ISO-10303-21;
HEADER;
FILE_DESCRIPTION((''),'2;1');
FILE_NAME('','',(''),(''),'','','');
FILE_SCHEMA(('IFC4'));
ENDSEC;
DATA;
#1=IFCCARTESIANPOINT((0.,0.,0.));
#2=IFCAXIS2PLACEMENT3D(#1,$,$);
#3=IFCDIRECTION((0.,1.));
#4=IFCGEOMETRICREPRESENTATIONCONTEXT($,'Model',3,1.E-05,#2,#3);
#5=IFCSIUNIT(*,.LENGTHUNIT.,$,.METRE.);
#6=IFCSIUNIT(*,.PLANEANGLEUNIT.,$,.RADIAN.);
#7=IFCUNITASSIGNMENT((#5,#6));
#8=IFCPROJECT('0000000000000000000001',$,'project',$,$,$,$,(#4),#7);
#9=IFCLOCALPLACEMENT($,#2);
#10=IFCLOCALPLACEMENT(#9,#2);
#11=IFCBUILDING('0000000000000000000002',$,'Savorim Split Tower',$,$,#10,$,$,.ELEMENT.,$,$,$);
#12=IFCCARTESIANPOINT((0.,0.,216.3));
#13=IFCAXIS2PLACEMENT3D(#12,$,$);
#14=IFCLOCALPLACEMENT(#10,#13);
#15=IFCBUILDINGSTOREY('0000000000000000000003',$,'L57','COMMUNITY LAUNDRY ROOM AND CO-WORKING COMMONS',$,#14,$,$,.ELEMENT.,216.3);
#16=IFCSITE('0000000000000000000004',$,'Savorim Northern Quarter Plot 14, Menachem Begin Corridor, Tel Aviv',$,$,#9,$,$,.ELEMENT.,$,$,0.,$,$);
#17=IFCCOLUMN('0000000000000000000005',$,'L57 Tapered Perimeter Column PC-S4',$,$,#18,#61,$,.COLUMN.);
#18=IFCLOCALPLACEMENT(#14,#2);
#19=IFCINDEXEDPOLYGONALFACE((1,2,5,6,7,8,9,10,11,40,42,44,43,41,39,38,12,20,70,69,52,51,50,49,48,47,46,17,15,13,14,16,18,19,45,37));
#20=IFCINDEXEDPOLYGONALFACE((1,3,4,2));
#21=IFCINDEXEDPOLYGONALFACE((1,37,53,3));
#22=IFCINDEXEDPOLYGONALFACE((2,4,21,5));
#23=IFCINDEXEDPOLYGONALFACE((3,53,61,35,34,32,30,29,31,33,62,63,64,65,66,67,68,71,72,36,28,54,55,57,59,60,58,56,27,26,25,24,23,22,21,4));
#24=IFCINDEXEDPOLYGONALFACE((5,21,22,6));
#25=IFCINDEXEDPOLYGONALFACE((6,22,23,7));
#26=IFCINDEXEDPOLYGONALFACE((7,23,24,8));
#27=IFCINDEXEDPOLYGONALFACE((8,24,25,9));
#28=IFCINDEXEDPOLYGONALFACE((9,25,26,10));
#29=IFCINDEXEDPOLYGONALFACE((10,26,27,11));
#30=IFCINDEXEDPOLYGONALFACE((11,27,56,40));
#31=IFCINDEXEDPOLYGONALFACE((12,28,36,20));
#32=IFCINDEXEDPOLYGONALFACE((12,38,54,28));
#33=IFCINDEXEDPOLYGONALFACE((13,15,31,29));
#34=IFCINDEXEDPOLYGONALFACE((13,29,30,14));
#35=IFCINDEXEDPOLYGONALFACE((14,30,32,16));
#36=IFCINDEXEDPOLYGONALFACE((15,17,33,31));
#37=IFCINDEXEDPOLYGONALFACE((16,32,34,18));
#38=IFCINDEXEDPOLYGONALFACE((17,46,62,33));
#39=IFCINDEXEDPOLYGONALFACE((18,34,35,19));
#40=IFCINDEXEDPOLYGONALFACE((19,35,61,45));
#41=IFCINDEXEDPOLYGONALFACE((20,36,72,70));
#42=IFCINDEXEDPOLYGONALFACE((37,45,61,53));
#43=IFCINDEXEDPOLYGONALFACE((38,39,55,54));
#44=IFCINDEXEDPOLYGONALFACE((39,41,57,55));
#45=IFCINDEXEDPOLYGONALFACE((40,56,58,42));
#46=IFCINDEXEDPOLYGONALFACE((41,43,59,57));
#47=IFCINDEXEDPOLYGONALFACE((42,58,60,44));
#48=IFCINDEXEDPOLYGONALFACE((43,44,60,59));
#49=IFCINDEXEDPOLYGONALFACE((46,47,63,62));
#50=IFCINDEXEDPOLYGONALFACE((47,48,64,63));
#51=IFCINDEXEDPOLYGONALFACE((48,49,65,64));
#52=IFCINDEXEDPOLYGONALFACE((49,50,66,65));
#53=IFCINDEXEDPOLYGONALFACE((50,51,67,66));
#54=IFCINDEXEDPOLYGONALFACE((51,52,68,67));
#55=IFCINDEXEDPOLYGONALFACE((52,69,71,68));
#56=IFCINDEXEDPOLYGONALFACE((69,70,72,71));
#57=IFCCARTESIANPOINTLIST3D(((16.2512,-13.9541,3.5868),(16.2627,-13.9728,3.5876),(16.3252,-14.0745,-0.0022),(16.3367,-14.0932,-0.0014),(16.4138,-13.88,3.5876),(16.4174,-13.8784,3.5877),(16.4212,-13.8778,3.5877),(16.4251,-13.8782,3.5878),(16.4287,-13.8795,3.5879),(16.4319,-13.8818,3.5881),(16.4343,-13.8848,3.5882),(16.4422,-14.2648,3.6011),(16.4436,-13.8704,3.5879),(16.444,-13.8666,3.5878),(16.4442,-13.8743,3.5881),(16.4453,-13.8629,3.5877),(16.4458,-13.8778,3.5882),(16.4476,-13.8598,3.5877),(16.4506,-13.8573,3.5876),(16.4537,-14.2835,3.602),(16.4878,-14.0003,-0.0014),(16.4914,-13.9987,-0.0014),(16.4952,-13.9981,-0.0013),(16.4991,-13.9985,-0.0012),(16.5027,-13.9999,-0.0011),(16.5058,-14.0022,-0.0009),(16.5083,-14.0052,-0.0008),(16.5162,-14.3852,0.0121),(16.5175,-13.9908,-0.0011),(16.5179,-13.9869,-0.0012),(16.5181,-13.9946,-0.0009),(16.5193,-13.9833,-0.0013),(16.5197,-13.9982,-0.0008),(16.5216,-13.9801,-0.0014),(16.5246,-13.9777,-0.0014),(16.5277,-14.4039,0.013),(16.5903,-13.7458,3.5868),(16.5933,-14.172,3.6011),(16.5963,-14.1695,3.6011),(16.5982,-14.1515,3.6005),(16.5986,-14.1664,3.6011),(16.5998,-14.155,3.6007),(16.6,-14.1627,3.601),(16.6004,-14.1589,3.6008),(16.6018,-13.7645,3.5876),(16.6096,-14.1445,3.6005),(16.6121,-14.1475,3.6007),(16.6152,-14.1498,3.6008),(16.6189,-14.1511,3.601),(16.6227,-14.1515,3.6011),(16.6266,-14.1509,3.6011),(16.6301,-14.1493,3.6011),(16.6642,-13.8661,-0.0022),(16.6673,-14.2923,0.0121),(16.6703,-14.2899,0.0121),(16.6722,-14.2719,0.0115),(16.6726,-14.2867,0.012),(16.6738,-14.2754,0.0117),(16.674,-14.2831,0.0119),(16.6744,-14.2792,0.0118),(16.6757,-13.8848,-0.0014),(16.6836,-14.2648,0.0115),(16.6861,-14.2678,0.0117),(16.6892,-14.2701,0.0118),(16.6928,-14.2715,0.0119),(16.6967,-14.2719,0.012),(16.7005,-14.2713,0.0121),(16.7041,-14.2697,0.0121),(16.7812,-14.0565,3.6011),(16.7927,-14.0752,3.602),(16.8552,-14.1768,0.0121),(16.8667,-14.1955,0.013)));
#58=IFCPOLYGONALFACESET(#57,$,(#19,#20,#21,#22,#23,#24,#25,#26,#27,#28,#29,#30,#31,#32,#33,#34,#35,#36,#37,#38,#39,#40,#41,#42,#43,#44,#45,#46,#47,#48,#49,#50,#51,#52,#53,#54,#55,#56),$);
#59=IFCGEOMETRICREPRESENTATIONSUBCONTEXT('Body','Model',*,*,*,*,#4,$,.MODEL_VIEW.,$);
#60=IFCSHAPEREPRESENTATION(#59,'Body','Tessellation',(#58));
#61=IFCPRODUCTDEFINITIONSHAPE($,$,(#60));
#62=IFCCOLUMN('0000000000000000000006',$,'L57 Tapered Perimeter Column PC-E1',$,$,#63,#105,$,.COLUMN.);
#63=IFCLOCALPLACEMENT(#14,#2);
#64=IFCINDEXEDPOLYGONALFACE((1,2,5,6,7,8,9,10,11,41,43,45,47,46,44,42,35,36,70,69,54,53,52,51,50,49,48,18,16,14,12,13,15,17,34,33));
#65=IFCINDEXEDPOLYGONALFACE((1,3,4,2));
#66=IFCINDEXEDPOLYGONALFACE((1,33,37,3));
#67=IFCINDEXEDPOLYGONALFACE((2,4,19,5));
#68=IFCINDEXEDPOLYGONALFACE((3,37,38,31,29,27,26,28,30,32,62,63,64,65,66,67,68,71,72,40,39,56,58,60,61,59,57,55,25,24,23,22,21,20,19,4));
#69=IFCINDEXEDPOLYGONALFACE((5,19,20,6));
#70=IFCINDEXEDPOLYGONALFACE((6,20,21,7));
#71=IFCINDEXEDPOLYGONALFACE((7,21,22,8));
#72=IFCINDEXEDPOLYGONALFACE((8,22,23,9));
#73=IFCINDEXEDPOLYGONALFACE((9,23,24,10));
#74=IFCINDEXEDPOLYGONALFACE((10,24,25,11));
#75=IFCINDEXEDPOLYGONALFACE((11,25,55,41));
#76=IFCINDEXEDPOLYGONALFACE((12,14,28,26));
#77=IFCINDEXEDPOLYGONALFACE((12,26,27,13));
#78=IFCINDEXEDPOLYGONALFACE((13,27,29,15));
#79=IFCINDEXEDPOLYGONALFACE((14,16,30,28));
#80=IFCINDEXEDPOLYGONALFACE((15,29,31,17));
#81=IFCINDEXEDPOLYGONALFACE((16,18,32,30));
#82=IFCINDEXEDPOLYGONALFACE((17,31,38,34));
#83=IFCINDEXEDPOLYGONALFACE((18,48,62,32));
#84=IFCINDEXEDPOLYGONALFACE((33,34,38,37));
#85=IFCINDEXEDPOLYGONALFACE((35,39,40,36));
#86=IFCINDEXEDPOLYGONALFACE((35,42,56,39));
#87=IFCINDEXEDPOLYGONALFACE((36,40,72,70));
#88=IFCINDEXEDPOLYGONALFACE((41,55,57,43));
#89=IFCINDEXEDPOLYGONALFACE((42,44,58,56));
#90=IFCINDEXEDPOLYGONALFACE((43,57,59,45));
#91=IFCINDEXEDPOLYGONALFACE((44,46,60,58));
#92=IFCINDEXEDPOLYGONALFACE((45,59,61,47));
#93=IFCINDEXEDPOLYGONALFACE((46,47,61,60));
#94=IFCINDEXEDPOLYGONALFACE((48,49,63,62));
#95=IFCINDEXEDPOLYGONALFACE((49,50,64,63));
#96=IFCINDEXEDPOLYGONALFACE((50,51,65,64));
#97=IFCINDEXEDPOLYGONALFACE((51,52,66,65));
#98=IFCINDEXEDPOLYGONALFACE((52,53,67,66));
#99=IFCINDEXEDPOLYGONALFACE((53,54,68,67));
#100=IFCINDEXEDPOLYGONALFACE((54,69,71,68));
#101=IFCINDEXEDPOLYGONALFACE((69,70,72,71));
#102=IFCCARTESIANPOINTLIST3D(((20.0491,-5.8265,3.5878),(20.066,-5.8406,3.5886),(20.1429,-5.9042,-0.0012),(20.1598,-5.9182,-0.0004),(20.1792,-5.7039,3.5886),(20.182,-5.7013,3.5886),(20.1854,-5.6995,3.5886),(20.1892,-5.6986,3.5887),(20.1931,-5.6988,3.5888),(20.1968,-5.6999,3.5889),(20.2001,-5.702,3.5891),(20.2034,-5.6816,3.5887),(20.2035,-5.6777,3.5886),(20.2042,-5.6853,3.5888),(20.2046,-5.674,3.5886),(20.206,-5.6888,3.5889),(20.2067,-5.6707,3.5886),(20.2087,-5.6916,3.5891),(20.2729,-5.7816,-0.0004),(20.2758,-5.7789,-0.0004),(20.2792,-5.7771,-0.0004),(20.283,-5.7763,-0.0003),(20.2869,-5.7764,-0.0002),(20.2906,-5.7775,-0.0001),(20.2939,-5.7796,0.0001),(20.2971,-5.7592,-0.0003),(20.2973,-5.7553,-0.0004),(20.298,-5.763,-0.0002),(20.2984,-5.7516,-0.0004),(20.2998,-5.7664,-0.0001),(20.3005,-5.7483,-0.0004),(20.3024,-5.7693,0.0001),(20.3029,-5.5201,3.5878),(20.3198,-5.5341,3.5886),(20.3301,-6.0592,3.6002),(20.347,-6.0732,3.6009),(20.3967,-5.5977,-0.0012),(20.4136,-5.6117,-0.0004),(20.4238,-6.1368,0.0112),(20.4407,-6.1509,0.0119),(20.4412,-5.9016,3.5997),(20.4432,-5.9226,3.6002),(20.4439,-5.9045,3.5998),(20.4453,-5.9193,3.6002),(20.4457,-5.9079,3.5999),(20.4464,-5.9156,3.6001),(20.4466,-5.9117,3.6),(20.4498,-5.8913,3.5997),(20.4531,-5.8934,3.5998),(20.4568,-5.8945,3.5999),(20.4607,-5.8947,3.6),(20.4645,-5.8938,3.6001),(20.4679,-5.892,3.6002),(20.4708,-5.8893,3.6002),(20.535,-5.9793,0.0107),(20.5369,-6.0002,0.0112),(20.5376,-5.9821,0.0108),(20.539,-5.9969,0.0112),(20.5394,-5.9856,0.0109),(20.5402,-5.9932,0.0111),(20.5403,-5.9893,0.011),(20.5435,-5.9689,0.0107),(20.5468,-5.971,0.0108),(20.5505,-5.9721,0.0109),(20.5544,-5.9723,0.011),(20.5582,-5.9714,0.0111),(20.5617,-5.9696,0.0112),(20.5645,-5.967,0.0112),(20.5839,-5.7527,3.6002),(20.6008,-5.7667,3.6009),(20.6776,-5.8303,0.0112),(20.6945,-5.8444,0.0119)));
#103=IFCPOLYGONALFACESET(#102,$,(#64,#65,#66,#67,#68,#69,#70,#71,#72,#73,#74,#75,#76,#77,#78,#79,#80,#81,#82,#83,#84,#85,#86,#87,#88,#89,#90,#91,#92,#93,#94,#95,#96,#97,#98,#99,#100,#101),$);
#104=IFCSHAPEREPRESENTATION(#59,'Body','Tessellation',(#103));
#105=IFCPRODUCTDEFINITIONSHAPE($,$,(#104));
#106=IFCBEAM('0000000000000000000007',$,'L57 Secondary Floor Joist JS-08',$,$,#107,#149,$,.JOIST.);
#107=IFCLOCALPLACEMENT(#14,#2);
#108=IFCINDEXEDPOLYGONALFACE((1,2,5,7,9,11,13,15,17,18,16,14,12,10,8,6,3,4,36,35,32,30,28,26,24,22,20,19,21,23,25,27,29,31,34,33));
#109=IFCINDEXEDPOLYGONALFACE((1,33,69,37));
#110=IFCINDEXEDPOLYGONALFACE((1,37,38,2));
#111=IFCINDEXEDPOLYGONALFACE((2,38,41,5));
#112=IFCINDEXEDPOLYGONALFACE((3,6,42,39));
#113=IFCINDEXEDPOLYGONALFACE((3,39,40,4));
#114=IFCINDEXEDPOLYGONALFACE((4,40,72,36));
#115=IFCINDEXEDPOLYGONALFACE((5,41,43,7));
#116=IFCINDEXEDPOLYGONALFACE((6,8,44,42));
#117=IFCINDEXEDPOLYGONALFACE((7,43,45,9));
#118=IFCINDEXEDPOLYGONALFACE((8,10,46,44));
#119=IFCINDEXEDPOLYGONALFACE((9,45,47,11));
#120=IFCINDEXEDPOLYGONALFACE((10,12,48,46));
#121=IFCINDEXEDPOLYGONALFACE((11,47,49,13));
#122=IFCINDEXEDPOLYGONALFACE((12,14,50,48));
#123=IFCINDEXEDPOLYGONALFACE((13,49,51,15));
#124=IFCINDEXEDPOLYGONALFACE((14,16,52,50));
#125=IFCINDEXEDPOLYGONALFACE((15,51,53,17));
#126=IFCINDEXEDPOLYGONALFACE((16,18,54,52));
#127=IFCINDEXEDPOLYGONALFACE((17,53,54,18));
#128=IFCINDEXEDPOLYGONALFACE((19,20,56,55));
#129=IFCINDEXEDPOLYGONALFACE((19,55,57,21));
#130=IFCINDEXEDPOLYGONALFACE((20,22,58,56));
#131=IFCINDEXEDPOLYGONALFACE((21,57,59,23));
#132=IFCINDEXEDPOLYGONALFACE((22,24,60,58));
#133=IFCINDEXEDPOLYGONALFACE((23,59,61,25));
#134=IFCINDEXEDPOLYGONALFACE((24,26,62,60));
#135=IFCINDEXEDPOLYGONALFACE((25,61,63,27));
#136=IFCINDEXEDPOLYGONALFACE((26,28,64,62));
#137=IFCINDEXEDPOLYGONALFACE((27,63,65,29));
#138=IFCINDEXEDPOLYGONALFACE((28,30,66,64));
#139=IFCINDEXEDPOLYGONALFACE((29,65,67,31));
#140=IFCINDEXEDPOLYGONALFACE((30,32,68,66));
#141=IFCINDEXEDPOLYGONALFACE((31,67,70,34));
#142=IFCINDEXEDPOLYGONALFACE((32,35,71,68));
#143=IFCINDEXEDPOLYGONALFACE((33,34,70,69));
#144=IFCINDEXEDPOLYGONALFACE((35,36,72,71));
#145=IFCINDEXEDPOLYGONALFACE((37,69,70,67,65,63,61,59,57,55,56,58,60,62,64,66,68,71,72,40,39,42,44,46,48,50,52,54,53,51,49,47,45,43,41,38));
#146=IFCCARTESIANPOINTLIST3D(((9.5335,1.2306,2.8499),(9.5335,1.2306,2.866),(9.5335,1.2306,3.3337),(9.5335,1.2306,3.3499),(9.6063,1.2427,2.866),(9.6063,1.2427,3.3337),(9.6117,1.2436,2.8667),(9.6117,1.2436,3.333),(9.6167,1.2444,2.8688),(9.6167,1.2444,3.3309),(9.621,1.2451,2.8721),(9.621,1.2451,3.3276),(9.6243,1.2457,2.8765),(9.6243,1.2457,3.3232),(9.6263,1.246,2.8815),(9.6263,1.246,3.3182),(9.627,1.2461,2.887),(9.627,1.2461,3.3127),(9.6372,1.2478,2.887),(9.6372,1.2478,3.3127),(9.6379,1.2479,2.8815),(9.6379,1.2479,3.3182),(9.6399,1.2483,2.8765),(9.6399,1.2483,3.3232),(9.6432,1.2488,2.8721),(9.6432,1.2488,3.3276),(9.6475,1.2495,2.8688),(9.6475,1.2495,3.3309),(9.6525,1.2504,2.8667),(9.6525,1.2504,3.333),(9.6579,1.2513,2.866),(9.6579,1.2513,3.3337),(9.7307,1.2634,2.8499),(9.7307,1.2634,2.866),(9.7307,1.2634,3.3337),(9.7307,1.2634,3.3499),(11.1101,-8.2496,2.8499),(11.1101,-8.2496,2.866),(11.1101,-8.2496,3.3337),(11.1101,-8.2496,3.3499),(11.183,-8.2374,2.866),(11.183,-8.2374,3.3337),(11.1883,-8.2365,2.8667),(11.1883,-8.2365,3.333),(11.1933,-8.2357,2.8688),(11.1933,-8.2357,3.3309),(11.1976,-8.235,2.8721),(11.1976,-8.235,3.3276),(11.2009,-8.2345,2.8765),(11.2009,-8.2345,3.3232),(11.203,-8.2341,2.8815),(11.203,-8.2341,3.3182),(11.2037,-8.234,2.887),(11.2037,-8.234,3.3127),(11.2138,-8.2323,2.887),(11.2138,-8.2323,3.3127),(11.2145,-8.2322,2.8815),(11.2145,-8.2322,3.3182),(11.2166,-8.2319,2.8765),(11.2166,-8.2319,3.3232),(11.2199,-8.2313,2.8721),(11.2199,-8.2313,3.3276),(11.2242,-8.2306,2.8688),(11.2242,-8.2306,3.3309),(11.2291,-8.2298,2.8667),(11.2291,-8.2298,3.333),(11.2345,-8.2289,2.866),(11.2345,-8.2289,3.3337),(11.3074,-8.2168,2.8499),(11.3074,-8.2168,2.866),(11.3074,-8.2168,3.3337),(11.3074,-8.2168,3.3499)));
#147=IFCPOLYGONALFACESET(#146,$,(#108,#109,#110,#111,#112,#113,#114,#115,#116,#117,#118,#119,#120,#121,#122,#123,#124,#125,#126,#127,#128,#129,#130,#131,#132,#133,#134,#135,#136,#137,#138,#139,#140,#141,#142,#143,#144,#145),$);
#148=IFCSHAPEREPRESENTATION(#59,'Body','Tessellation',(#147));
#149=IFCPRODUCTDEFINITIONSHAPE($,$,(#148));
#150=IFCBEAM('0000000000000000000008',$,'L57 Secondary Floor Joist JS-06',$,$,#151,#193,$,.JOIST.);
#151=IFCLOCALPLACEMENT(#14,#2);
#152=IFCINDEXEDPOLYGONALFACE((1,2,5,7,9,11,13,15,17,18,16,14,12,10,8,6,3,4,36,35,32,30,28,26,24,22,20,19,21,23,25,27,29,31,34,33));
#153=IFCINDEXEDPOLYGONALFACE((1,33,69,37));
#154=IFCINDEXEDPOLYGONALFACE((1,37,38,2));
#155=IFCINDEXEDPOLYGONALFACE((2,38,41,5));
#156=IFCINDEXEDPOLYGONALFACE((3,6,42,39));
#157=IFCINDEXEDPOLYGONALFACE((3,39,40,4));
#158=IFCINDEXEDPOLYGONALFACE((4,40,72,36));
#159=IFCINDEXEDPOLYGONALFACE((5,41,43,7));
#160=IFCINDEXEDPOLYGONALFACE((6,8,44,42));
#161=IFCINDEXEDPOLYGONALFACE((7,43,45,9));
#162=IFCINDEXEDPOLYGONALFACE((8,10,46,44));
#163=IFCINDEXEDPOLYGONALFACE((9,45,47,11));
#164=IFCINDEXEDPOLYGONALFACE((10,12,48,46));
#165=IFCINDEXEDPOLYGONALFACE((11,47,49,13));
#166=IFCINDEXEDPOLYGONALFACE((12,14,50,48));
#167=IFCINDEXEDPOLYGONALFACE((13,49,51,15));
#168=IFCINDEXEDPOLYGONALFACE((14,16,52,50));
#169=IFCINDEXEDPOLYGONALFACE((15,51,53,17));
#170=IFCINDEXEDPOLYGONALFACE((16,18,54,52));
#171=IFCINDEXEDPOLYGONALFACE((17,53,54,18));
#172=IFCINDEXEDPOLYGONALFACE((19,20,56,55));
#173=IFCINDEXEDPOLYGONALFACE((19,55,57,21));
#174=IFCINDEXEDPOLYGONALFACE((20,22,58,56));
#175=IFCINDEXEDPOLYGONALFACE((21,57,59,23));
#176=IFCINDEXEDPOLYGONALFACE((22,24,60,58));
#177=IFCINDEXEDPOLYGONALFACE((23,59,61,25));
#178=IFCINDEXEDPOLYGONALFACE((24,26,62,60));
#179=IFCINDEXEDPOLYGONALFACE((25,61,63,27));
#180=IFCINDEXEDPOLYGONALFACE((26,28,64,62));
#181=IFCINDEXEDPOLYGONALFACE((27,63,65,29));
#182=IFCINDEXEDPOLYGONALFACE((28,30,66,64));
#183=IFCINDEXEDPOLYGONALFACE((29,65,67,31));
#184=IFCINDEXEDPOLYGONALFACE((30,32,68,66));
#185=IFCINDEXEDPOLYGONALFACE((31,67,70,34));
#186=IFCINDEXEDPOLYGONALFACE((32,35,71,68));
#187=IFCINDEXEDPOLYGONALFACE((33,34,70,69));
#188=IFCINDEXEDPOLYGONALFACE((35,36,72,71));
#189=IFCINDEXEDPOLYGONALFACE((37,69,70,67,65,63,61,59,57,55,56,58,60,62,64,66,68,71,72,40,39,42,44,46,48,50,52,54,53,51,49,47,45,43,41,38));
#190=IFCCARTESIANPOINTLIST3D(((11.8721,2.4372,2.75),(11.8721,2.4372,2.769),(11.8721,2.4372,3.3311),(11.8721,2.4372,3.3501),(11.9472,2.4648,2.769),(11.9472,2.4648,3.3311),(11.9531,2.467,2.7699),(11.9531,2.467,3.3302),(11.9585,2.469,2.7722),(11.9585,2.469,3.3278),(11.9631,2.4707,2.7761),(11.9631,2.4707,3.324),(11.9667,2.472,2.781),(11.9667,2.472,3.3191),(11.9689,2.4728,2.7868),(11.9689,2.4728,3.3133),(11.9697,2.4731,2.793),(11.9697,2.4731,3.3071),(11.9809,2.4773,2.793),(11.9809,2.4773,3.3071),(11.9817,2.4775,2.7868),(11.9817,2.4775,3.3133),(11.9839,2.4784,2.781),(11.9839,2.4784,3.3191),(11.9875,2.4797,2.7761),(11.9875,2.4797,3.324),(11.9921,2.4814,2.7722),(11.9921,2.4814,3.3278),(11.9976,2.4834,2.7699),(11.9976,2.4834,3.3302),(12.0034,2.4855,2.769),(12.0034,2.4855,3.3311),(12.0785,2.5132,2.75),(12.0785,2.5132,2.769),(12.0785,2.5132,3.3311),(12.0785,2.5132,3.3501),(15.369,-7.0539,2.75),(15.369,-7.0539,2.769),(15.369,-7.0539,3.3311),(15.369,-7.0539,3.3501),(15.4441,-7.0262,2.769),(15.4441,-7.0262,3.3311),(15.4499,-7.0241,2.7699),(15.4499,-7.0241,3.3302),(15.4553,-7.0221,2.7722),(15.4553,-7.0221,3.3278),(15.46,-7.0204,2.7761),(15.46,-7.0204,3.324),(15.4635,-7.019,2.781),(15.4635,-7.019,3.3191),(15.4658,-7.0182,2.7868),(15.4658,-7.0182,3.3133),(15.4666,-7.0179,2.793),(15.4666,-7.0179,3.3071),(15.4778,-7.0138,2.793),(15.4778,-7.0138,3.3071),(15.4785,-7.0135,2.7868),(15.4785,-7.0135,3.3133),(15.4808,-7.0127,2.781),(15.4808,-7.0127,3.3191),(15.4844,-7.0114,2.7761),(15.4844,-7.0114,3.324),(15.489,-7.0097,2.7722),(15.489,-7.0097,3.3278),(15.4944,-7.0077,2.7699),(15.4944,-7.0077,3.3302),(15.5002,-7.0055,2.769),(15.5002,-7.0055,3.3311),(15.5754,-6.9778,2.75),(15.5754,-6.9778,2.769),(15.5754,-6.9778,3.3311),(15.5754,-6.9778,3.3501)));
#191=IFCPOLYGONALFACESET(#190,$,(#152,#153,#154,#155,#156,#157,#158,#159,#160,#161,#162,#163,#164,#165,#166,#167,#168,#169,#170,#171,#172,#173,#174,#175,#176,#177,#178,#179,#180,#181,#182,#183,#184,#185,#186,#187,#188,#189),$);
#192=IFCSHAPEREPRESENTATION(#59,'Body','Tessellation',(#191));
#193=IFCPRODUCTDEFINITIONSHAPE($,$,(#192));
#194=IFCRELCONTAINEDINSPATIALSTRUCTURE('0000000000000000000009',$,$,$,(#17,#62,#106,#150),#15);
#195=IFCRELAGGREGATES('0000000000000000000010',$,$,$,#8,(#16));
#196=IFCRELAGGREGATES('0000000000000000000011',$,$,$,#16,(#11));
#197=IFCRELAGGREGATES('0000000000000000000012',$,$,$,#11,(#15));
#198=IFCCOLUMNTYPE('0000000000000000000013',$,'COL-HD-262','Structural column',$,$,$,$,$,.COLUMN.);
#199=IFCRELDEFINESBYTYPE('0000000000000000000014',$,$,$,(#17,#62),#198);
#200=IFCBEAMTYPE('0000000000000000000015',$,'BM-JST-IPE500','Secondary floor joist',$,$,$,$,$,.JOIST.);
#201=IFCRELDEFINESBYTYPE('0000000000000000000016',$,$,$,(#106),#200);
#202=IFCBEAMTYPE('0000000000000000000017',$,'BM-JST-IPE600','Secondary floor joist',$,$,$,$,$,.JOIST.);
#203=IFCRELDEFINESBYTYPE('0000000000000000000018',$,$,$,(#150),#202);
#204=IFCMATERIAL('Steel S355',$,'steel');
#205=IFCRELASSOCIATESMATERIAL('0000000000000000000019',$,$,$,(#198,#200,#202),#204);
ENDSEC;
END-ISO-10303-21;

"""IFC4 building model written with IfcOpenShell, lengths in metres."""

from ifc_helpers import new_model, si_unit, direction, frame, origin, origin_2d, place, context, subcontext, project, spatial, i_section, extrude, material, material_profile, profile_set, type_object, element, save


model = new_model("IFC4")

# Units and contexts
model_context = context("Model", 3, precision=1e-05, world=origin(), true_north=direction((0.0, 1.0)))
body_context = subcontext(model_context, "Body", "Model", "MODEL_VIEW")
ifc_project = project(units=[si_unit("LENGTHUNIT", "METRE"), si_unit("PLANEANGLEUNIT", "RADIAN")], contexts=[model_context])

# Site, building, storey
site_placement = place(None, origin())
site = spatial("IfcSite", under=ifc_project, at=site_placement, Name="Savorim Northern Quarter Plot 14, Menachem Begin Corridor, Tel Aviv", CompositionType="ELEMENT", RefElevation=0.0)
building_placement = place(site_placement, origin())
building = spatial("IfcBuilding", under=site, at=building_placement, Name="Savorim Split Tower", CompositionType="ELEMENT")
storey_placement = place(building_placement, frame((0.0, 0.0, 216.3)))
storey = spatial("IfcBuildingStorey", under=building, at=storey_placement, Name="L57", Description="COMMUNITY LAUNDRY ROOM AND CO-WORKING COMMONS", CompositionType="ELEMENT", Elevation=216.3)

# Columns
ifc_material_1 = material(Name="Steel S355", Category="steel")
ifc_material_profile_1 = material_profile(ifc_material_1, i_section(OverallWidth=0.3979, OverallDepth=0.387, WebThickness=0.0134, FlangeThickness=0.022, FilletRadius=0.0149, at=origin_2d()), Name="HD 400x262")
ifc_profile_set_1 = profile_set([ifc_material_profile_1], Name="Steel S355")
column_type = type_object("IfcColumnType", Name="COL-HD-262", Description="Structural column", PredefinedType="COLUMN", material=ifc_profile_set_1)
column_1_placement = place(storey_placement, frame((16.5959, -14.135, 0.0054), z_axis=(-0.020595, 0.033509, 0.999226), x_axis=(-0.851955, -0.523615, 0.0)))
element("IfcColumn", 1, at=column_1_placement, inside=storey, type_object=column_type, Name="L57 Tapered Perimeter Column PC-S4", PredefinedType="COLUMN", context=body_context, shape_type="SweptSolid", body=[
    extrude(i_section(OverallWidth=0.3979, OverallDepth=0.387, WebThickness=0.0134, FlangeThickness=0.022, FilletRadius=0.0149, at=origin_2d()), origin(), (0.0, 0.0, 1.0), 3.5918),
])
column_2_placement = place(storey_placement, frame((20.4187, -5.8743, 0.0054), z_axis=(-0.026106, 0.021619, 0.999425), x_axis=(-0.637814, -0.77019, 0.0)))
element("IfcColumn", 2, at=column_2_placement, inside=storey, type_object=column_type, Name="L57 Tapered Perimeter Column PC-E1", PredefinedType="COLUMN", context=body_context, shape_type="SweptSolid", body=[
    extrude(i_section(OverallWidth=0.3979, OverallDepth=0.387, WebThickness=0.0134, FlangeThickness=0.022, FilletRadius=0.0149, at=origin_2d()), origin(), (0.0, 0.0, 1.0), 3.5911),
])

# Beams
ifc_material_profile_2 = material_profile(ifc_material_1, i_section(OverallWidth=0.2, OverallDepth=0.5, WebThickness=0.0103, FlangeThickness=0.0161, FilletRadius=0.021, at=origin_2d()), Name="IPE 500")
ifc_profile_set_2 = profile_set([ifc_material_profile_2], Name="Steel S355")
beam_type_1 = type_object("IfcBeamType", Name="BM-JST-IPE500", Description="Secondary floor joist", PredefinedType="JOIST", material=ifc_profile_set_2)
beam_1_placement = place(storey_placement, frame((11.2087, -8.2332, 3.0999), z_axis=(-0.164057, 0.986451, 0.0), x_axis=(-0.986451, -0.164057, 0.0)))
element("IfcBeam", 3, at=beam_1_placement, inside=storey, type_object=beam_type_1, Name="L57 Secondary Floor Joist JS-08", PredefinedType="JOIST", context=body_context, shape_type="SweptSolid", body=[
    extrude(i_section(OverallWidth=0.2, OverallDepth=0.5, WebThickness=0.0103, FlangeThickness=0.0161, FilletRadius=0.021, at=origin_2d()), origin(), (0.0, 0.0, 1.0), 9.6104),
])
ifc_material_profile_3 = material_profile(ifc_material_1, i_section(OverallWidth=0.22, OverallDepth=0.6001, WebThickness=0.012, FlangeThickness=0.019, FilletRadius=0.0239, at=origin_2d()), Name="IPE 600")
ifc_profile_set_3 = profile_set([ifc_material_profile_3], Name="Steel S355")
beam_type_2 = type_object("IfcBeamType", Name="BM-JST-IPE600", Description="Secondary floor joist", PredefinedType="JOIST", material=ifc_profile_set_3)
beam_2_placement = place(storey_placement, frame((15.4722, -7.0159, 3.05), z_axis=(-0.345719, 0.938338, 0.0), x_axis=(-0.938338, -0.345719, 0.0)))
element("IfcBeam", 4, at=beam_2_placement, inside=storey, type_object=beam_type_2, Name="L57 Secondary Floor Joist JS-06", PredefinedType="JOIST", context=body_context, shape_type="SweptSolid", body=[
    extrude(i_section(OverallWidth=0.22, OverallDepth=0.6001, WebThickness=0.012, FlangeThickness=0.019, FilletRadius=0.0239, at=origin_2d()), origin(), (0.0, 0.0, 1.0), 10.1147),
])

save(model, "model.ifc")
